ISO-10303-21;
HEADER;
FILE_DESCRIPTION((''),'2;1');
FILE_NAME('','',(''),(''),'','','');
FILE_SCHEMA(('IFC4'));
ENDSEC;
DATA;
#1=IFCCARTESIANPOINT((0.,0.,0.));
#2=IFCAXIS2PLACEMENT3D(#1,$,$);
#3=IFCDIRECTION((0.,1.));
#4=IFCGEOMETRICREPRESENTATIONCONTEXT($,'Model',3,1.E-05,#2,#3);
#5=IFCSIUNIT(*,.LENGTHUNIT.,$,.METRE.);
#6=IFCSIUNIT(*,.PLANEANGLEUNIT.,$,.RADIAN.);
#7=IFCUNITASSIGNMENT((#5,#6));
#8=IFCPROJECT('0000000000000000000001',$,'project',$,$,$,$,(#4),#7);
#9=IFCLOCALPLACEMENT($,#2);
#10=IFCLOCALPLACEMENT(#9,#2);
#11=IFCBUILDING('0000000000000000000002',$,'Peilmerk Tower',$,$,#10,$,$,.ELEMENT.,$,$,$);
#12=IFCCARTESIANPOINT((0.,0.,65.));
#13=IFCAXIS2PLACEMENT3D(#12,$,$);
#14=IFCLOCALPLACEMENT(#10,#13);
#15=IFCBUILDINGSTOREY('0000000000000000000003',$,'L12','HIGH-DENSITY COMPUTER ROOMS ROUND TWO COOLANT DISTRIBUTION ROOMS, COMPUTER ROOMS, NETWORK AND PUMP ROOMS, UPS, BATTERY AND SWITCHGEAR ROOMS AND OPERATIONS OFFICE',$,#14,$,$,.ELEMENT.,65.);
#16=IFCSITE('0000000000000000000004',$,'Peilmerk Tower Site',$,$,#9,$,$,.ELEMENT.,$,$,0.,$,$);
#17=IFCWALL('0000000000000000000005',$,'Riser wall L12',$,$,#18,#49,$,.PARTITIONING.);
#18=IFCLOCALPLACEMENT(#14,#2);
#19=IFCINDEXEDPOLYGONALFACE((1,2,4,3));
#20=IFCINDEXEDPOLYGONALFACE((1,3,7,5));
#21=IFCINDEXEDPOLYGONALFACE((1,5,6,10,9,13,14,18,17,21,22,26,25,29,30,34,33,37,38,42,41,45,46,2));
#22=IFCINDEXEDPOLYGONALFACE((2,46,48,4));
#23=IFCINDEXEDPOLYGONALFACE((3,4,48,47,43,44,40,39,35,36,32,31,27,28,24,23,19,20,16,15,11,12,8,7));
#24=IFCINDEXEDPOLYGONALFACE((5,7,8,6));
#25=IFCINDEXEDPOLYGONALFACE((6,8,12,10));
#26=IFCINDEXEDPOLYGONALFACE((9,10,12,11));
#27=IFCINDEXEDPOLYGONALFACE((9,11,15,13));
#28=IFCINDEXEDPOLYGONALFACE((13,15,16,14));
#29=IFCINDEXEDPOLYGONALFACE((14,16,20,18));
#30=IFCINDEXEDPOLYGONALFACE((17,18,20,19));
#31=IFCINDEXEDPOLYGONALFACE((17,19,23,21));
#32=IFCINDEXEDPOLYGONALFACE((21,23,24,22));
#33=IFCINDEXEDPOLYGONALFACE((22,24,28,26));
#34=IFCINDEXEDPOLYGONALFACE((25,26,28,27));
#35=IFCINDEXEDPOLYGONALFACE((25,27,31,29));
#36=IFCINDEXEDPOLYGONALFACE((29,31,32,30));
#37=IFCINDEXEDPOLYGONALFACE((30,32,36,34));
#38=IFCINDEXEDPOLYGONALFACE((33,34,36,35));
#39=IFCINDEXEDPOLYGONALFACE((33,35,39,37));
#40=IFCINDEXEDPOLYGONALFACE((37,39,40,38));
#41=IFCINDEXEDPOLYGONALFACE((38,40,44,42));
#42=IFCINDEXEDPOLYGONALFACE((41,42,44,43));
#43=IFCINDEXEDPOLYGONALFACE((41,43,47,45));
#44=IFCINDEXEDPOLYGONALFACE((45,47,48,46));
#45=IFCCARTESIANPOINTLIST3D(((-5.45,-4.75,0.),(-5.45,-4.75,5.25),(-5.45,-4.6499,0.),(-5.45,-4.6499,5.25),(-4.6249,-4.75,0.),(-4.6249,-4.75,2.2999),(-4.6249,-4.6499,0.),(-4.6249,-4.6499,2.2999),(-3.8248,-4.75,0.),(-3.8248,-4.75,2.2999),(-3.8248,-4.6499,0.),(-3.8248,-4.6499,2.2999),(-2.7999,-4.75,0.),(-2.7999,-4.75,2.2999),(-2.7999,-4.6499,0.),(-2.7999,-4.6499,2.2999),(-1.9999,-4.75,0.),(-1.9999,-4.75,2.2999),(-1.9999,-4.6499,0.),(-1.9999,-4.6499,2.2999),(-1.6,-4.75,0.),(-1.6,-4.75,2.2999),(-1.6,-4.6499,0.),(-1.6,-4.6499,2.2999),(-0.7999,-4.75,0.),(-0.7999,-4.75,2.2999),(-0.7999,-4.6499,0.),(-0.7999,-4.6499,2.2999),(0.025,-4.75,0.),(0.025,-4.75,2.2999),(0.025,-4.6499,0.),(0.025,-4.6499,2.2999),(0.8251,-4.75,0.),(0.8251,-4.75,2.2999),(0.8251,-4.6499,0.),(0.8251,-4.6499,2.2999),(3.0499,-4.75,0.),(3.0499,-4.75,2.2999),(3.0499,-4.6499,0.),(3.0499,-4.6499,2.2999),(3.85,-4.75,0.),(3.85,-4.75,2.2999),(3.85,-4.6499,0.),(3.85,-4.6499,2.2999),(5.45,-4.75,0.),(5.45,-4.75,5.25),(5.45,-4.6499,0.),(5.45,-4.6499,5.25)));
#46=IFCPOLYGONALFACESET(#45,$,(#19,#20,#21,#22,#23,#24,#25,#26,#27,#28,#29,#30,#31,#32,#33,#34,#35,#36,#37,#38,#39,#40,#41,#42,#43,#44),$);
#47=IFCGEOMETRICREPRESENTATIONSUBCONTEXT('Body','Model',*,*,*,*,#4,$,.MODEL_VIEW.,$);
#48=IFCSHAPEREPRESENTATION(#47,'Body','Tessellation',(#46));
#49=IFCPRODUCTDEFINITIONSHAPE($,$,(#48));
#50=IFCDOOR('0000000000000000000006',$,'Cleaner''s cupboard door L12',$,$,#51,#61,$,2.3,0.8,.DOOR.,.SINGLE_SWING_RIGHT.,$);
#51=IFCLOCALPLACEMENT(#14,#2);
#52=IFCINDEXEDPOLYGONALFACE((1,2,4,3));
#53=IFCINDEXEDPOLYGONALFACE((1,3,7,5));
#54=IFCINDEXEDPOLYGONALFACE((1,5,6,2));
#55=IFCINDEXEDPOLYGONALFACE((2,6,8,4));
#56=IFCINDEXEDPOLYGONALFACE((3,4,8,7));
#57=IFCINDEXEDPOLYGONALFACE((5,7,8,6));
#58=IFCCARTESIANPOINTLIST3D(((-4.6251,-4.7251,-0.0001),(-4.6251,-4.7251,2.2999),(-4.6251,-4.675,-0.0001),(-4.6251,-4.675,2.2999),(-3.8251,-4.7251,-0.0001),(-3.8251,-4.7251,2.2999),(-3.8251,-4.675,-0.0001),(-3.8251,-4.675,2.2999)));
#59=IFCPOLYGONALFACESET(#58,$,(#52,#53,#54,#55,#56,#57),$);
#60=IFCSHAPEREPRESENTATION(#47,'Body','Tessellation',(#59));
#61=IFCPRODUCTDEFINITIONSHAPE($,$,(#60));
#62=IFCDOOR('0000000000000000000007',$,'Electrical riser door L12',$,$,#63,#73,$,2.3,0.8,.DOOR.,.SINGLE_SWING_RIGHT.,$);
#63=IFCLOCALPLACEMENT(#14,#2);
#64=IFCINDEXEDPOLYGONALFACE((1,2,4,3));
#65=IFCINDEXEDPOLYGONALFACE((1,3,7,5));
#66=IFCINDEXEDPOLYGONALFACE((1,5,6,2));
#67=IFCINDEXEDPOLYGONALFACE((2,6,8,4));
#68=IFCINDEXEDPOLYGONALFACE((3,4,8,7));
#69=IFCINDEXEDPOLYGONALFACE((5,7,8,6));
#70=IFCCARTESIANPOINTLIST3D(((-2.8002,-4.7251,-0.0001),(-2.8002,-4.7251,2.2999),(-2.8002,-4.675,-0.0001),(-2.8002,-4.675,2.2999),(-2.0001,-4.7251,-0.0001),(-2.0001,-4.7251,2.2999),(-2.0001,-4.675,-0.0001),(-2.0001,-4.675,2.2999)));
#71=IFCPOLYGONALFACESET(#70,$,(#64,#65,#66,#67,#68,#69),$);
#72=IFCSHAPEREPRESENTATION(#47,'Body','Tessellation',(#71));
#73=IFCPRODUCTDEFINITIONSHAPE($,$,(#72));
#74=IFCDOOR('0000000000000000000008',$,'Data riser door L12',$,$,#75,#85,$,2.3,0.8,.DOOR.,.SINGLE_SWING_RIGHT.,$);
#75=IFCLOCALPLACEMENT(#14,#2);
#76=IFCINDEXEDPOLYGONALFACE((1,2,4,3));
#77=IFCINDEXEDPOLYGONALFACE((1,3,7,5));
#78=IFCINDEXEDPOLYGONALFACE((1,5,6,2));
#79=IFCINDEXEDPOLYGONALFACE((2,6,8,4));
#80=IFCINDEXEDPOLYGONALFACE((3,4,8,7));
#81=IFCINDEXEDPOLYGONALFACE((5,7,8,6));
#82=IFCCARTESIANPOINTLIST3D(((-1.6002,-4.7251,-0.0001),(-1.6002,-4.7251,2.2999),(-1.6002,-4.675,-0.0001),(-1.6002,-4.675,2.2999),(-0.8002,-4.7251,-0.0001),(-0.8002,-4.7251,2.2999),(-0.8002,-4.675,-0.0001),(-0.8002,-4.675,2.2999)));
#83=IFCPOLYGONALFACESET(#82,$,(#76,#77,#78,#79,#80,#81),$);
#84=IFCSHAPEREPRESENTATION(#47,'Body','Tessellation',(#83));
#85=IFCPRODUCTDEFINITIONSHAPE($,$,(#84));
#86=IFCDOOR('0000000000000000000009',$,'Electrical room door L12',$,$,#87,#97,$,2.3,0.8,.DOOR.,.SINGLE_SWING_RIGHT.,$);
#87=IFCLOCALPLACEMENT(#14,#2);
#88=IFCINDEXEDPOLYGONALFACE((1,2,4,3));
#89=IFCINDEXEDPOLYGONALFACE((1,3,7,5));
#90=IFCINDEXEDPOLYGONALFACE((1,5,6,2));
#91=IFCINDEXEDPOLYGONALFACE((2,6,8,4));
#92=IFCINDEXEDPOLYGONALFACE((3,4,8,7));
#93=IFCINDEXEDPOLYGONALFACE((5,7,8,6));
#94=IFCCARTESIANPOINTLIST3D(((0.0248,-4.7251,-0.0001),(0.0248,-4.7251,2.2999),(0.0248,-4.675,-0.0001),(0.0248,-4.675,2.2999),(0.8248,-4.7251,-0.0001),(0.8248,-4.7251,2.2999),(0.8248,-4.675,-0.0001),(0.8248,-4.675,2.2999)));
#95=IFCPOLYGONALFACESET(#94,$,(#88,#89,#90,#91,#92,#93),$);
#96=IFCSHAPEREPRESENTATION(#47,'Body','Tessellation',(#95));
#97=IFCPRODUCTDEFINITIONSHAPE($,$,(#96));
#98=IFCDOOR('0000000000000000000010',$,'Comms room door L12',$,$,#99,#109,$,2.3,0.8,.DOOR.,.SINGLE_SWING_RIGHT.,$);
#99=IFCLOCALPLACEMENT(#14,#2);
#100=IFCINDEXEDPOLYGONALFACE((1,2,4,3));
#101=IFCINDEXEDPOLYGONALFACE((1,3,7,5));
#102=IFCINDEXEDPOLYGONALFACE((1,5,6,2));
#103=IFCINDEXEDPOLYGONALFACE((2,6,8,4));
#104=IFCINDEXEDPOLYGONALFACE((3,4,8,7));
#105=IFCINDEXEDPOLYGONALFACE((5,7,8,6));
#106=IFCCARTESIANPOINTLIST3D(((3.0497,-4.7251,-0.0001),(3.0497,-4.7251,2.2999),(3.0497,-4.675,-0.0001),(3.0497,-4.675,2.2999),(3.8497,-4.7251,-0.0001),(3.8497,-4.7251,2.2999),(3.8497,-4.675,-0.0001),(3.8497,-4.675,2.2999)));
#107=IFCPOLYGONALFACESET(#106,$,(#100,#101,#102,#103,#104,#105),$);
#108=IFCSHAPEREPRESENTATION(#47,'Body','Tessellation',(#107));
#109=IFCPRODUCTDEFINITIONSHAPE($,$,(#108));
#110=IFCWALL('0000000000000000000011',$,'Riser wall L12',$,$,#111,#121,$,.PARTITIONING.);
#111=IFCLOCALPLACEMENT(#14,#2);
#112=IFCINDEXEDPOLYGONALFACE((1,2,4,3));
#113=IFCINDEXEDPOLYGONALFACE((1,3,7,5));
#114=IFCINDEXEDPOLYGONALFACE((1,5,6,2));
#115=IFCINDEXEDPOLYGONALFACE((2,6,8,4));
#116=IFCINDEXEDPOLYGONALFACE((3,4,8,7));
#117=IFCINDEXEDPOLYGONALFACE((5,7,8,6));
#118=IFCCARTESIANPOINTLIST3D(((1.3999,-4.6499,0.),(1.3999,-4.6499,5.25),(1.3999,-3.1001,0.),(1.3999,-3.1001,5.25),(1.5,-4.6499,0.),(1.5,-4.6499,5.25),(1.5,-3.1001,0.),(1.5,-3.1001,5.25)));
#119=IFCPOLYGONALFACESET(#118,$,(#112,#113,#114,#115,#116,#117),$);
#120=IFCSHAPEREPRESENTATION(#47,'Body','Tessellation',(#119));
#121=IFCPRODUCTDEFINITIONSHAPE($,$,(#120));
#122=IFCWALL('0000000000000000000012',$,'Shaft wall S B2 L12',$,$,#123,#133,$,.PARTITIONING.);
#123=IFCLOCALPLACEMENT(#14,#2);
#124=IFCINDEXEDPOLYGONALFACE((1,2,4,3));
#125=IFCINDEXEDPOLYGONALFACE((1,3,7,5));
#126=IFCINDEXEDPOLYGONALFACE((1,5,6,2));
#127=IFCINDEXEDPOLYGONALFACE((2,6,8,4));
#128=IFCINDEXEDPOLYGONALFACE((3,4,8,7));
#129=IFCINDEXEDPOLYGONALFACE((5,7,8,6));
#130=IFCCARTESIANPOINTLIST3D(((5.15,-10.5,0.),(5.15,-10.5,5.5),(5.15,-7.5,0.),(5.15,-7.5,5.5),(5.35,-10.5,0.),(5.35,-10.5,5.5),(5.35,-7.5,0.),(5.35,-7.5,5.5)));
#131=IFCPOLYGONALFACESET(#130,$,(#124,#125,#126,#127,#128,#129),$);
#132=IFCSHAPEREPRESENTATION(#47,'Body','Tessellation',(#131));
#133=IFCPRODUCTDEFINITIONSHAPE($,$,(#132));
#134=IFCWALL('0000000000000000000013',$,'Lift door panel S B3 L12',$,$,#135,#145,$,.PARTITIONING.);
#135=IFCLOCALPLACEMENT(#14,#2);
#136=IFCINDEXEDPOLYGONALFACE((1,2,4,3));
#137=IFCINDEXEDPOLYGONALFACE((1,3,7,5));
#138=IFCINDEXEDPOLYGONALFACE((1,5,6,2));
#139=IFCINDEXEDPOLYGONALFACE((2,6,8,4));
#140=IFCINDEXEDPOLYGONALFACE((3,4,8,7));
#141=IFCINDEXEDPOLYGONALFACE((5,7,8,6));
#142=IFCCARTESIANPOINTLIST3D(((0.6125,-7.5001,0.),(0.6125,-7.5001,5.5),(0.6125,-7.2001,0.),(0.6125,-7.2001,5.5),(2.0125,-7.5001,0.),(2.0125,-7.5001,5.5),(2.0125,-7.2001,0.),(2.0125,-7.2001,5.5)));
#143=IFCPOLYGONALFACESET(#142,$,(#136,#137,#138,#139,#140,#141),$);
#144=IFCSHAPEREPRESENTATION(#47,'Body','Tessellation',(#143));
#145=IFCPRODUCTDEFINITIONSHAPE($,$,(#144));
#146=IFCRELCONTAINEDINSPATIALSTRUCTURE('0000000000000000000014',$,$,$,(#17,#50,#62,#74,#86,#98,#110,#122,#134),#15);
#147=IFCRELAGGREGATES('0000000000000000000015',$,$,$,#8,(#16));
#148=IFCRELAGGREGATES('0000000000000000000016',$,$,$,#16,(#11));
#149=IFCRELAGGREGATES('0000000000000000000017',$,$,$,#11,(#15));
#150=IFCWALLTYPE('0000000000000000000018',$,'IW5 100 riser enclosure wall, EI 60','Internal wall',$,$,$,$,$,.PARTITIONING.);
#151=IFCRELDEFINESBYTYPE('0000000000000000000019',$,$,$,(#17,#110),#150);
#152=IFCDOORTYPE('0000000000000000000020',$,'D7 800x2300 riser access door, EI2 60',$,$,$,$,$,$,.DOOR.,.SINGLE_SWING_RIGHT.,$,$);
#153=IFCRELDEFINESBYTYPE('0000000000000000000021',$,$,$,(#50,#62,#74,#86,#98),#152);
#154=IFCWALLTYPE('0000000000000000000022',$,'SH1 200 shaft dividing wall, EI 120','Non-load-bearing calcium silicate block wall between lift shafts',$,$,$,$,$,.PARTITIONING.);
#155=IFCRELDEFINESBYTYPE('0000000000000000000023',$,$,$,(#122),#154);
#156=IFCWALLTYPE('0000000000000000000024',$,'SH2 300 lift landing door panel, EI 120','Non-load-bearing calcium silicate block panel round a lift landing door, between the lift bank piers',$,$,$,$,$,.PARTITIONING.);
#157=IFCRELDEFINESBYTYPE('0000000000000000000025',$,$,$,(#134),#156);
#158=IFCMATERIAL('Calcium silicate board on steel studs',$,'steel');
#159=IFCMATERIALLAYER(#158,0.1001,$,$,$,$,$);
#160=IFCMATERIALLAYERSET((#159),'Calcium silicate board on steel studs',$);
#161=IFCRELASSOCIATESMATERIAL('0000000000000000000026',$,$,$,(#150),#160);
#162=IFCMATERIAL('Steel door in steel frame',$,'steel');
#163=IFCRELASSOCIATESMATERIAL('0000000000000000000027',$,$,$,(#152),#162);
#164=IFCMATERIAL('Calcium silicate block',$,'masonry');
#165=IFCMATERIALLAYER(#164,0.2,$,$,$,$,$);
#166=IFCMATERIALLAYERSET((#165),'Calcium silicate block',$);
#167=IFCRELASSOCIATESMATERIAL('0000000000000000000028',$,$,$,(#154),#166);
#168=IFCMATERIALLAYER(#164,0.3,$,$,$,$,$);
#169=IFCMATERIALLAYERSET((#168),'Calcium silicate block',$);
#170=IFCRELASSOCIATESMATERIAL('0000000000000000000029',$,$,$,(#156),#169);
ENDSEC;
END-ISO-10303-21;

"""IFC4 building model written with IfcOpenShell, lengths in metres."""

from ifc_helpers import new_model, si_unit, direction, frame, frame_2d, origin, place, context, subcontext, project, spatial, rectangle, extrude, material, layer, layer_set, type_object, element, fill, save


model = new_model("IFC4")

# Units and contexts
model_context = context("Model", 3, precision=1e-05, world=origin(), true_north=direction((0.0, 1.0)))
body_context = subcontext(model_context, "Body", "Model", "MODEL_VIEW")
ifc_project = project(units=[si_unit("LENGTHUNIT", "METRE"), si_unit("PLANEANGLEUNIT", "RADIAN")], contexts=[model_context])

# Site, building, storey
site_placement = place(None, origin())
site = spatial("IfcSite", under=ifc_project, at=site_placement, Name="Peilmerk Tower Site", CompositionType="ELEMENT", RefElevation=0.0)
building_placement = place(site_placement, origin())
building = spatial("IfcBuilding", under=site, at=building_placement, Name="Peilmerk Tower", CompositionType="ELEMENT")
storey_placement = place(building_placement, frame((0.0, 0.0, 65.0)))
storey = spatial("IfcBuildingStorey", under=building, at=storey_placement, Name="L12", Description="HIGH-DENSITY COMPUTER ROOMS ROUND TWO COOLANT DISTRIBUTION ROOMS, COMPUTER ROOMS, NETWORK AND PUMP ROOMS, UPS, BATTERY AND SWITCHGEAR ROOMS AND OPERATIONS OFFICE", CompositionType="ELEMENT", Elevation=65.0)

# Shared definitions
ifc_material_1 = material(Name="Calcium silicate board on steel studs", Category="steel")
ifc_layer_1 = layer(ifc_material_1, 0.1001)
ifc_layer_set_1 = layer_set([ifc_layer_1], Name="Calcium silicate board on steel studs")
wall_type_1 = type_object("IfcWallType", Name="IW5 100 riser enclosure wall, EI 60", Description="Internal wall", PredefinedType="PARTITIONING", material=ifc_layer_set_1)

# Wall, openings, doors
wall_1_placement = place(storey_placement, frame((5.45, -4.7, 0.0), z_axis=(0.0, 0.0, 1.0), x_axis=(-1.0, 0.0, 0.0)))
wall_1 = element("IfcWall", 1, at=wall_1_placement, inside=storey, type_object=wall_type_1, Name="Riser wall L12", PredefinedType="PARTITIONING", context=body_context, shape_type="SweptSolid", body=[
    extrude(rectangle(XDim=10.8999, YDim=0.1001, at=frame_2d((5.45, 0.0))), origin(), (0.0, 0.0, 1.0), 5.25),
])
opening_1_placement = place(wall_1_placement, frame((9.2749, 0.0, 0.0)))
opening_1 = element("IfcOpeningElement", 2, at=opening_1_placement, cuts=wall_1, PredefinedType="OPENING", context=body_context, shape_type="SweptSolid", body=[
    extrude(rectangle(XDim=0.8, YDim=2.3, at=frame_2d((0.3999, 1.1499))), frame((0.0, 0.0601, 0.0), z_axis=(0.0, -1.0, 0.0), x_axis=(1.0, 0.0, 0.0)), (0.0, 0.0, 1.0), 0.1201),
])
opening_2_placement = place(wall_1_placement, frame((7.45, 0.0, 0.0)))
opening_2 = element("IfcOpeningElement", 3, at=opening_2_placement, cuts=wall_1, PredefinedType="OPENING", context=body_context, shape_type="SweptSolid", body=[
    extrude(rectangle(XDim=0.8, YDim=2.3, at=frame_2d((0.3999, 1.1499))), frame((0.0, 0.0601, 0.0), z_axis=(0.0, -1.0, 0.0), x_axis=(1.0, 0.0, 0.0)), (0.0, 0.0, 1.0), 0.1201),
])
opening_3_placement = place(wall_1_placement, frame((6.25, 0.0, 0.0)))
opening_3 = element("IfcOpeningElement", 4, at=opening_3_placement, cuts=wall_1, PredefinedType="OPENING", context=body_context, shape_type="SweptSolid", body=[
    extrude(rectangle(XDim=0.8, YDim=2.3, at=frame_2d((0.3999, 1.1499))), frame((0.0, 0.0601, 0.0), z_axis=(0.0, -1.0, 0.0), x_axis=(1.0, 0.0, 0.0)), (0.0, 0.0, 1.0), 0.1201),
])
opening_4_placement = place(wall_1_placement, frame((4.625, 0.0, 0.0)))
opening_4 = element("IfcOpeningElement", 5, at=opening_4_placement, cuts=wall_1, PredefinedType="OPENING", context=body_context, shape_type="SweptSolid", body=[
    extrude(rectangle(XDim=0.8, YDim=2.3, at=frame_2d((0.3999, 1.1499))), frame((0.0, 0.0601, 0.0), z_axis=(0.0, -1.0, 0.0), x_axis=(1.0, 0.0, 0.0)), (0.0, 0.0, 1.0), 0.1201),
])
opening_5_placement = place(wall_1_placement, frame((1.6001, 0.0, 0.0)))
opening_5 = element("IfcOpeningElement", 6, at=opening_5_placement, cuts=wall_1, PredefinedType="OPENING", context=body_context, shape_type="SweptSolid", body=[
    extrude(rectangle(XDim=0.8, YDim=2.3, at=frame_2d((0.3999, 1.1499))), frame((0.0, 0.0601, 0.0), z_axis=(0.0, -1.0, 0.0), x_axis=(1.0, 0.0, 0.0)), (0.0, 0.0, 1.0), 0.1201),
])
ifc_material_2 = material(Name="Steel door in steel frame", Category="steel")
door_type_1 = type_object("IfcDoorType", Name="D7 800x2300 riser access door, EI2 60", OperationType="SINGLE_SWING_RIGHT", PredefinedType="DOOR", material=ifc_material_2)
door_1_placement = place(opening_1_placement, frame((0.8, 0.0, 0.0), z_axis=(0.0, 0.0, 1.0), x_axis=(-1.0, 0.0, 0.0)))
door_1 = element("IfcDoor", 7, at=door_1_placement, inside=storey, type_object=door_type_1, Name="Cleaner's cupboard door L12", OperationType="SINGLE_SWING_RIGHT", OverallHeight=2.3, OverallWidth=0.8, PredefinedType="DOOR", context=body_context, shape_type="SweptSolid", body=[
    extrude(rectangle(XDim=0.8, YDim=2.3, at=frame_2d((0.3999, 1.1499))), frame((0.0, 0.0249, 0.0), z_axis=(0.0, -1.0, 0.0), x_axis=(1.0, 0.0, 0.0)), (0.0, 0.0, 1.0), 0.05),
])
fill(opening_1, door_1)
door_2_placement = place(opening_2_placement, frame((0.8, 0.0, 0.0), z_axis=(0.0, 0.0, 1.0), x_axis=(-1.0, 0.0, 0.0)))
door_2 = element("IfcDoor", 8, at=door_2_placement, inside=storey, type_object=door_type_1, Name="Electrical riser door L12", OperationType="SINGLE_SWING_RIGHT", OverallHeight=2.3, OverallWidth=0.8, PredefinedType="DOOR", context=body_context, shape_type="SweptSolid", body=[
    extrude(rectangle(XDim=0.8, YDim=2.3, at=frame_2d((0.3999, 1.1499))), frame((0.0, 0.0249, 0.0), z_axis=(0.0, -1.0, 0.0), x_axis=(1.0, 0.0, 0.0)), (0.0, 0.0, 1.0), 0.05),
])
fill(opening_2, door_2)
door_3_placement = place(opening_3_placement, frame((0.8, 0.0, 0.0), z_axis=(0.0, 0.0, 1.0), x_axis=(-1.0, 0.0, 0.0)))
door_3 = element("IfcDoor", 9, at=door_3_placement, inside=storey, type_object=door_type_1, Name="Data riser door L12", OperationType="SINGLE_SWING_RIGHT", OverallHeight=2.3, OverallWidth=0.8, PredefinedType="DOOR", context=body_context, shape_type="SweptSolid", body=[
    extrude(rectangle(XDim=0.8, YDim=2.3, at=frame_2d((0.3999, 1.1499))), frame((0.0, 0.0249, 0.0), z_axis=(0.0, -1.0, 0.0), x_axis=(1.0, 0.0, 0.0)), (0.0, 0.0, 1.0), 0.05),
])
fill(opening_3, door_3)
door_4_placement = place(opening_4_placement, frame((0.8, 0.0, 0.0), z_axis=(0.0, 0.0, 1.0), x_axis=(-1.0, 0.0, 0.0)))
door_4 = element("IfcDoor", 10, at=door_4_placement, inside=storey, type_object=door_type_1, Name="Electrical room door L12", OperationType="SINGLE_SWING_RIGHT", OverallHeight=2.3, OverallWidth=0.8, PredefinedType="DOOR", context=body_context, shape_type="SweptSolid", body=[
    extrude(rectangle(XDim=0.8, YDim=2.3, at=frame_2d((0.3999, 1.1499))), frame((0.0, 0.0249, 0.0), z_axis=(0.0, -1.0, 0.0), x_axis=(1.0, 0.0, 0.0)), (0.0, 0.0, 1.0), 0.05),
])
fill(opening_4, door_4)
door_5_placement = place(opening_5_placement, frame((0.8, 0.0, 0.0), z_axis=(0.0, 0.0, 1.0), x_axis=(-1.0, 0.0, 0.0)))
door_5 = element("IfcDoor", 11, at=door_5_placement, inside=storey, type_object=door_type_1, Name="Comms room door L12", OperationType="SINGLE_SWING_RIGHT", OverallHeight=2.3, OverallWidth=0.8, PredefinedType="DOOR", context=body_context, shape_type="SweptSolid", body=[
    extrude(rectangle(XDim=0.8, YDim=2.3, at=frame_2d((0.3999, 1.1499))), frame((0.0, 0.0249, 0.0), z_axis=(0.0, -1.0, 0.0), x_axis=(1.0, 0.0, 0.0)), (0.0, 0.0, 1.0), 0.05),
])
fill(opening_5, door_5)

# Walls
wall_2_placement = place(storey_placement, frame((1.45, -3.1001, 0.0), z_axis=(0.0, 0.0, 1.0), x_axis=(0.0, -1.0, 0.0)))
element("IfcWall", 12, at=wall_2_placement, inside=storey, type_object=wall_type_1, Name="Riser wall L12", PredefinedType="PARTITIONING", context=body_context, shape_type="SweptSolid", body=[
    extrude(rectangle(XDim=1.5498, YDim=0.1001, at=frame_2d((0.7749, 0.0))), origin(), (0.0, 0.0, 1.0), 5.25),
])
ifc_material_3 = material(Name="Calcium silicate block", Category="masonry")
ifc_layer_2 = layer(ifc_material_3, 0.2)
ifc_layer_set_2 = layer_set([ifc_layer_2], Name="Calcium silicate block")
wall_type_2 = type_object("IfcWallType", Name="SH1 200 shaft dividing wall, EI 120", Description="Non-load-bearing calcium silicate block wall between lift shafts", PredefinedType="PARTITIONING", material=ifc_layer_set_2)
wall_3_placement = place(storey_placement, frame((5.25, -10.5, 0.0), z_axis=(0.0, 0.0, 1.0), x_axis=(0.0, 1.0, 0.0)))
element("IfcWall", 13, at=wall_3_placement, inside=storey, type_object=wall_type_2, Name="Shaft wall S B2 L12", PredefinedType="PARTITIONING", context=body_context, shape_type="SweptSolid", body=[
    extrude(rectangle(XDim=3.0, YDim=0.2, at=frame_2d((1.5, 0.0))), origin(), (0.0, 0.0, 1.0), 5.5),
])
ifc_layer_3 = layer(ifc_material_3, 0.3)
ifc_layer_set_3 = layer_set([ifc_layer_3], Name="Calcium silicate block")
wall_type_3 = type_object("IfcWallType", Name="SH2 300 lift landing door panel, EI 120", Description="Non-load-bearing calcium silicate block panel round a lift landing door, between the lift bank piers", PredefinedType="PARTITIONING", material=ifc_layer_set_3)
wall_4_placement = place(storey_placement, frame((0.6125, -7.3501, 0.0), z_axis=(0.0, 0.0, 1.0), x_axis=(1.0, 0.0, 0.0)))
element("IfcWall", 14, at=wall_4_placement, inside=storey, type_object=wall_type_3, Name="Lift door panel S B3 L12", PredefinedType="PARTITIONING", context=body_context, shape_type="SweptSolid", body=[
    extrude(rectangle(XDim=1.3999, YDim=0.3, at=frame_2d((0.7, 0.0))), origin(), (0.0, 0.0, 1.0), 5.5),
])

save(model, "model.ifc")
